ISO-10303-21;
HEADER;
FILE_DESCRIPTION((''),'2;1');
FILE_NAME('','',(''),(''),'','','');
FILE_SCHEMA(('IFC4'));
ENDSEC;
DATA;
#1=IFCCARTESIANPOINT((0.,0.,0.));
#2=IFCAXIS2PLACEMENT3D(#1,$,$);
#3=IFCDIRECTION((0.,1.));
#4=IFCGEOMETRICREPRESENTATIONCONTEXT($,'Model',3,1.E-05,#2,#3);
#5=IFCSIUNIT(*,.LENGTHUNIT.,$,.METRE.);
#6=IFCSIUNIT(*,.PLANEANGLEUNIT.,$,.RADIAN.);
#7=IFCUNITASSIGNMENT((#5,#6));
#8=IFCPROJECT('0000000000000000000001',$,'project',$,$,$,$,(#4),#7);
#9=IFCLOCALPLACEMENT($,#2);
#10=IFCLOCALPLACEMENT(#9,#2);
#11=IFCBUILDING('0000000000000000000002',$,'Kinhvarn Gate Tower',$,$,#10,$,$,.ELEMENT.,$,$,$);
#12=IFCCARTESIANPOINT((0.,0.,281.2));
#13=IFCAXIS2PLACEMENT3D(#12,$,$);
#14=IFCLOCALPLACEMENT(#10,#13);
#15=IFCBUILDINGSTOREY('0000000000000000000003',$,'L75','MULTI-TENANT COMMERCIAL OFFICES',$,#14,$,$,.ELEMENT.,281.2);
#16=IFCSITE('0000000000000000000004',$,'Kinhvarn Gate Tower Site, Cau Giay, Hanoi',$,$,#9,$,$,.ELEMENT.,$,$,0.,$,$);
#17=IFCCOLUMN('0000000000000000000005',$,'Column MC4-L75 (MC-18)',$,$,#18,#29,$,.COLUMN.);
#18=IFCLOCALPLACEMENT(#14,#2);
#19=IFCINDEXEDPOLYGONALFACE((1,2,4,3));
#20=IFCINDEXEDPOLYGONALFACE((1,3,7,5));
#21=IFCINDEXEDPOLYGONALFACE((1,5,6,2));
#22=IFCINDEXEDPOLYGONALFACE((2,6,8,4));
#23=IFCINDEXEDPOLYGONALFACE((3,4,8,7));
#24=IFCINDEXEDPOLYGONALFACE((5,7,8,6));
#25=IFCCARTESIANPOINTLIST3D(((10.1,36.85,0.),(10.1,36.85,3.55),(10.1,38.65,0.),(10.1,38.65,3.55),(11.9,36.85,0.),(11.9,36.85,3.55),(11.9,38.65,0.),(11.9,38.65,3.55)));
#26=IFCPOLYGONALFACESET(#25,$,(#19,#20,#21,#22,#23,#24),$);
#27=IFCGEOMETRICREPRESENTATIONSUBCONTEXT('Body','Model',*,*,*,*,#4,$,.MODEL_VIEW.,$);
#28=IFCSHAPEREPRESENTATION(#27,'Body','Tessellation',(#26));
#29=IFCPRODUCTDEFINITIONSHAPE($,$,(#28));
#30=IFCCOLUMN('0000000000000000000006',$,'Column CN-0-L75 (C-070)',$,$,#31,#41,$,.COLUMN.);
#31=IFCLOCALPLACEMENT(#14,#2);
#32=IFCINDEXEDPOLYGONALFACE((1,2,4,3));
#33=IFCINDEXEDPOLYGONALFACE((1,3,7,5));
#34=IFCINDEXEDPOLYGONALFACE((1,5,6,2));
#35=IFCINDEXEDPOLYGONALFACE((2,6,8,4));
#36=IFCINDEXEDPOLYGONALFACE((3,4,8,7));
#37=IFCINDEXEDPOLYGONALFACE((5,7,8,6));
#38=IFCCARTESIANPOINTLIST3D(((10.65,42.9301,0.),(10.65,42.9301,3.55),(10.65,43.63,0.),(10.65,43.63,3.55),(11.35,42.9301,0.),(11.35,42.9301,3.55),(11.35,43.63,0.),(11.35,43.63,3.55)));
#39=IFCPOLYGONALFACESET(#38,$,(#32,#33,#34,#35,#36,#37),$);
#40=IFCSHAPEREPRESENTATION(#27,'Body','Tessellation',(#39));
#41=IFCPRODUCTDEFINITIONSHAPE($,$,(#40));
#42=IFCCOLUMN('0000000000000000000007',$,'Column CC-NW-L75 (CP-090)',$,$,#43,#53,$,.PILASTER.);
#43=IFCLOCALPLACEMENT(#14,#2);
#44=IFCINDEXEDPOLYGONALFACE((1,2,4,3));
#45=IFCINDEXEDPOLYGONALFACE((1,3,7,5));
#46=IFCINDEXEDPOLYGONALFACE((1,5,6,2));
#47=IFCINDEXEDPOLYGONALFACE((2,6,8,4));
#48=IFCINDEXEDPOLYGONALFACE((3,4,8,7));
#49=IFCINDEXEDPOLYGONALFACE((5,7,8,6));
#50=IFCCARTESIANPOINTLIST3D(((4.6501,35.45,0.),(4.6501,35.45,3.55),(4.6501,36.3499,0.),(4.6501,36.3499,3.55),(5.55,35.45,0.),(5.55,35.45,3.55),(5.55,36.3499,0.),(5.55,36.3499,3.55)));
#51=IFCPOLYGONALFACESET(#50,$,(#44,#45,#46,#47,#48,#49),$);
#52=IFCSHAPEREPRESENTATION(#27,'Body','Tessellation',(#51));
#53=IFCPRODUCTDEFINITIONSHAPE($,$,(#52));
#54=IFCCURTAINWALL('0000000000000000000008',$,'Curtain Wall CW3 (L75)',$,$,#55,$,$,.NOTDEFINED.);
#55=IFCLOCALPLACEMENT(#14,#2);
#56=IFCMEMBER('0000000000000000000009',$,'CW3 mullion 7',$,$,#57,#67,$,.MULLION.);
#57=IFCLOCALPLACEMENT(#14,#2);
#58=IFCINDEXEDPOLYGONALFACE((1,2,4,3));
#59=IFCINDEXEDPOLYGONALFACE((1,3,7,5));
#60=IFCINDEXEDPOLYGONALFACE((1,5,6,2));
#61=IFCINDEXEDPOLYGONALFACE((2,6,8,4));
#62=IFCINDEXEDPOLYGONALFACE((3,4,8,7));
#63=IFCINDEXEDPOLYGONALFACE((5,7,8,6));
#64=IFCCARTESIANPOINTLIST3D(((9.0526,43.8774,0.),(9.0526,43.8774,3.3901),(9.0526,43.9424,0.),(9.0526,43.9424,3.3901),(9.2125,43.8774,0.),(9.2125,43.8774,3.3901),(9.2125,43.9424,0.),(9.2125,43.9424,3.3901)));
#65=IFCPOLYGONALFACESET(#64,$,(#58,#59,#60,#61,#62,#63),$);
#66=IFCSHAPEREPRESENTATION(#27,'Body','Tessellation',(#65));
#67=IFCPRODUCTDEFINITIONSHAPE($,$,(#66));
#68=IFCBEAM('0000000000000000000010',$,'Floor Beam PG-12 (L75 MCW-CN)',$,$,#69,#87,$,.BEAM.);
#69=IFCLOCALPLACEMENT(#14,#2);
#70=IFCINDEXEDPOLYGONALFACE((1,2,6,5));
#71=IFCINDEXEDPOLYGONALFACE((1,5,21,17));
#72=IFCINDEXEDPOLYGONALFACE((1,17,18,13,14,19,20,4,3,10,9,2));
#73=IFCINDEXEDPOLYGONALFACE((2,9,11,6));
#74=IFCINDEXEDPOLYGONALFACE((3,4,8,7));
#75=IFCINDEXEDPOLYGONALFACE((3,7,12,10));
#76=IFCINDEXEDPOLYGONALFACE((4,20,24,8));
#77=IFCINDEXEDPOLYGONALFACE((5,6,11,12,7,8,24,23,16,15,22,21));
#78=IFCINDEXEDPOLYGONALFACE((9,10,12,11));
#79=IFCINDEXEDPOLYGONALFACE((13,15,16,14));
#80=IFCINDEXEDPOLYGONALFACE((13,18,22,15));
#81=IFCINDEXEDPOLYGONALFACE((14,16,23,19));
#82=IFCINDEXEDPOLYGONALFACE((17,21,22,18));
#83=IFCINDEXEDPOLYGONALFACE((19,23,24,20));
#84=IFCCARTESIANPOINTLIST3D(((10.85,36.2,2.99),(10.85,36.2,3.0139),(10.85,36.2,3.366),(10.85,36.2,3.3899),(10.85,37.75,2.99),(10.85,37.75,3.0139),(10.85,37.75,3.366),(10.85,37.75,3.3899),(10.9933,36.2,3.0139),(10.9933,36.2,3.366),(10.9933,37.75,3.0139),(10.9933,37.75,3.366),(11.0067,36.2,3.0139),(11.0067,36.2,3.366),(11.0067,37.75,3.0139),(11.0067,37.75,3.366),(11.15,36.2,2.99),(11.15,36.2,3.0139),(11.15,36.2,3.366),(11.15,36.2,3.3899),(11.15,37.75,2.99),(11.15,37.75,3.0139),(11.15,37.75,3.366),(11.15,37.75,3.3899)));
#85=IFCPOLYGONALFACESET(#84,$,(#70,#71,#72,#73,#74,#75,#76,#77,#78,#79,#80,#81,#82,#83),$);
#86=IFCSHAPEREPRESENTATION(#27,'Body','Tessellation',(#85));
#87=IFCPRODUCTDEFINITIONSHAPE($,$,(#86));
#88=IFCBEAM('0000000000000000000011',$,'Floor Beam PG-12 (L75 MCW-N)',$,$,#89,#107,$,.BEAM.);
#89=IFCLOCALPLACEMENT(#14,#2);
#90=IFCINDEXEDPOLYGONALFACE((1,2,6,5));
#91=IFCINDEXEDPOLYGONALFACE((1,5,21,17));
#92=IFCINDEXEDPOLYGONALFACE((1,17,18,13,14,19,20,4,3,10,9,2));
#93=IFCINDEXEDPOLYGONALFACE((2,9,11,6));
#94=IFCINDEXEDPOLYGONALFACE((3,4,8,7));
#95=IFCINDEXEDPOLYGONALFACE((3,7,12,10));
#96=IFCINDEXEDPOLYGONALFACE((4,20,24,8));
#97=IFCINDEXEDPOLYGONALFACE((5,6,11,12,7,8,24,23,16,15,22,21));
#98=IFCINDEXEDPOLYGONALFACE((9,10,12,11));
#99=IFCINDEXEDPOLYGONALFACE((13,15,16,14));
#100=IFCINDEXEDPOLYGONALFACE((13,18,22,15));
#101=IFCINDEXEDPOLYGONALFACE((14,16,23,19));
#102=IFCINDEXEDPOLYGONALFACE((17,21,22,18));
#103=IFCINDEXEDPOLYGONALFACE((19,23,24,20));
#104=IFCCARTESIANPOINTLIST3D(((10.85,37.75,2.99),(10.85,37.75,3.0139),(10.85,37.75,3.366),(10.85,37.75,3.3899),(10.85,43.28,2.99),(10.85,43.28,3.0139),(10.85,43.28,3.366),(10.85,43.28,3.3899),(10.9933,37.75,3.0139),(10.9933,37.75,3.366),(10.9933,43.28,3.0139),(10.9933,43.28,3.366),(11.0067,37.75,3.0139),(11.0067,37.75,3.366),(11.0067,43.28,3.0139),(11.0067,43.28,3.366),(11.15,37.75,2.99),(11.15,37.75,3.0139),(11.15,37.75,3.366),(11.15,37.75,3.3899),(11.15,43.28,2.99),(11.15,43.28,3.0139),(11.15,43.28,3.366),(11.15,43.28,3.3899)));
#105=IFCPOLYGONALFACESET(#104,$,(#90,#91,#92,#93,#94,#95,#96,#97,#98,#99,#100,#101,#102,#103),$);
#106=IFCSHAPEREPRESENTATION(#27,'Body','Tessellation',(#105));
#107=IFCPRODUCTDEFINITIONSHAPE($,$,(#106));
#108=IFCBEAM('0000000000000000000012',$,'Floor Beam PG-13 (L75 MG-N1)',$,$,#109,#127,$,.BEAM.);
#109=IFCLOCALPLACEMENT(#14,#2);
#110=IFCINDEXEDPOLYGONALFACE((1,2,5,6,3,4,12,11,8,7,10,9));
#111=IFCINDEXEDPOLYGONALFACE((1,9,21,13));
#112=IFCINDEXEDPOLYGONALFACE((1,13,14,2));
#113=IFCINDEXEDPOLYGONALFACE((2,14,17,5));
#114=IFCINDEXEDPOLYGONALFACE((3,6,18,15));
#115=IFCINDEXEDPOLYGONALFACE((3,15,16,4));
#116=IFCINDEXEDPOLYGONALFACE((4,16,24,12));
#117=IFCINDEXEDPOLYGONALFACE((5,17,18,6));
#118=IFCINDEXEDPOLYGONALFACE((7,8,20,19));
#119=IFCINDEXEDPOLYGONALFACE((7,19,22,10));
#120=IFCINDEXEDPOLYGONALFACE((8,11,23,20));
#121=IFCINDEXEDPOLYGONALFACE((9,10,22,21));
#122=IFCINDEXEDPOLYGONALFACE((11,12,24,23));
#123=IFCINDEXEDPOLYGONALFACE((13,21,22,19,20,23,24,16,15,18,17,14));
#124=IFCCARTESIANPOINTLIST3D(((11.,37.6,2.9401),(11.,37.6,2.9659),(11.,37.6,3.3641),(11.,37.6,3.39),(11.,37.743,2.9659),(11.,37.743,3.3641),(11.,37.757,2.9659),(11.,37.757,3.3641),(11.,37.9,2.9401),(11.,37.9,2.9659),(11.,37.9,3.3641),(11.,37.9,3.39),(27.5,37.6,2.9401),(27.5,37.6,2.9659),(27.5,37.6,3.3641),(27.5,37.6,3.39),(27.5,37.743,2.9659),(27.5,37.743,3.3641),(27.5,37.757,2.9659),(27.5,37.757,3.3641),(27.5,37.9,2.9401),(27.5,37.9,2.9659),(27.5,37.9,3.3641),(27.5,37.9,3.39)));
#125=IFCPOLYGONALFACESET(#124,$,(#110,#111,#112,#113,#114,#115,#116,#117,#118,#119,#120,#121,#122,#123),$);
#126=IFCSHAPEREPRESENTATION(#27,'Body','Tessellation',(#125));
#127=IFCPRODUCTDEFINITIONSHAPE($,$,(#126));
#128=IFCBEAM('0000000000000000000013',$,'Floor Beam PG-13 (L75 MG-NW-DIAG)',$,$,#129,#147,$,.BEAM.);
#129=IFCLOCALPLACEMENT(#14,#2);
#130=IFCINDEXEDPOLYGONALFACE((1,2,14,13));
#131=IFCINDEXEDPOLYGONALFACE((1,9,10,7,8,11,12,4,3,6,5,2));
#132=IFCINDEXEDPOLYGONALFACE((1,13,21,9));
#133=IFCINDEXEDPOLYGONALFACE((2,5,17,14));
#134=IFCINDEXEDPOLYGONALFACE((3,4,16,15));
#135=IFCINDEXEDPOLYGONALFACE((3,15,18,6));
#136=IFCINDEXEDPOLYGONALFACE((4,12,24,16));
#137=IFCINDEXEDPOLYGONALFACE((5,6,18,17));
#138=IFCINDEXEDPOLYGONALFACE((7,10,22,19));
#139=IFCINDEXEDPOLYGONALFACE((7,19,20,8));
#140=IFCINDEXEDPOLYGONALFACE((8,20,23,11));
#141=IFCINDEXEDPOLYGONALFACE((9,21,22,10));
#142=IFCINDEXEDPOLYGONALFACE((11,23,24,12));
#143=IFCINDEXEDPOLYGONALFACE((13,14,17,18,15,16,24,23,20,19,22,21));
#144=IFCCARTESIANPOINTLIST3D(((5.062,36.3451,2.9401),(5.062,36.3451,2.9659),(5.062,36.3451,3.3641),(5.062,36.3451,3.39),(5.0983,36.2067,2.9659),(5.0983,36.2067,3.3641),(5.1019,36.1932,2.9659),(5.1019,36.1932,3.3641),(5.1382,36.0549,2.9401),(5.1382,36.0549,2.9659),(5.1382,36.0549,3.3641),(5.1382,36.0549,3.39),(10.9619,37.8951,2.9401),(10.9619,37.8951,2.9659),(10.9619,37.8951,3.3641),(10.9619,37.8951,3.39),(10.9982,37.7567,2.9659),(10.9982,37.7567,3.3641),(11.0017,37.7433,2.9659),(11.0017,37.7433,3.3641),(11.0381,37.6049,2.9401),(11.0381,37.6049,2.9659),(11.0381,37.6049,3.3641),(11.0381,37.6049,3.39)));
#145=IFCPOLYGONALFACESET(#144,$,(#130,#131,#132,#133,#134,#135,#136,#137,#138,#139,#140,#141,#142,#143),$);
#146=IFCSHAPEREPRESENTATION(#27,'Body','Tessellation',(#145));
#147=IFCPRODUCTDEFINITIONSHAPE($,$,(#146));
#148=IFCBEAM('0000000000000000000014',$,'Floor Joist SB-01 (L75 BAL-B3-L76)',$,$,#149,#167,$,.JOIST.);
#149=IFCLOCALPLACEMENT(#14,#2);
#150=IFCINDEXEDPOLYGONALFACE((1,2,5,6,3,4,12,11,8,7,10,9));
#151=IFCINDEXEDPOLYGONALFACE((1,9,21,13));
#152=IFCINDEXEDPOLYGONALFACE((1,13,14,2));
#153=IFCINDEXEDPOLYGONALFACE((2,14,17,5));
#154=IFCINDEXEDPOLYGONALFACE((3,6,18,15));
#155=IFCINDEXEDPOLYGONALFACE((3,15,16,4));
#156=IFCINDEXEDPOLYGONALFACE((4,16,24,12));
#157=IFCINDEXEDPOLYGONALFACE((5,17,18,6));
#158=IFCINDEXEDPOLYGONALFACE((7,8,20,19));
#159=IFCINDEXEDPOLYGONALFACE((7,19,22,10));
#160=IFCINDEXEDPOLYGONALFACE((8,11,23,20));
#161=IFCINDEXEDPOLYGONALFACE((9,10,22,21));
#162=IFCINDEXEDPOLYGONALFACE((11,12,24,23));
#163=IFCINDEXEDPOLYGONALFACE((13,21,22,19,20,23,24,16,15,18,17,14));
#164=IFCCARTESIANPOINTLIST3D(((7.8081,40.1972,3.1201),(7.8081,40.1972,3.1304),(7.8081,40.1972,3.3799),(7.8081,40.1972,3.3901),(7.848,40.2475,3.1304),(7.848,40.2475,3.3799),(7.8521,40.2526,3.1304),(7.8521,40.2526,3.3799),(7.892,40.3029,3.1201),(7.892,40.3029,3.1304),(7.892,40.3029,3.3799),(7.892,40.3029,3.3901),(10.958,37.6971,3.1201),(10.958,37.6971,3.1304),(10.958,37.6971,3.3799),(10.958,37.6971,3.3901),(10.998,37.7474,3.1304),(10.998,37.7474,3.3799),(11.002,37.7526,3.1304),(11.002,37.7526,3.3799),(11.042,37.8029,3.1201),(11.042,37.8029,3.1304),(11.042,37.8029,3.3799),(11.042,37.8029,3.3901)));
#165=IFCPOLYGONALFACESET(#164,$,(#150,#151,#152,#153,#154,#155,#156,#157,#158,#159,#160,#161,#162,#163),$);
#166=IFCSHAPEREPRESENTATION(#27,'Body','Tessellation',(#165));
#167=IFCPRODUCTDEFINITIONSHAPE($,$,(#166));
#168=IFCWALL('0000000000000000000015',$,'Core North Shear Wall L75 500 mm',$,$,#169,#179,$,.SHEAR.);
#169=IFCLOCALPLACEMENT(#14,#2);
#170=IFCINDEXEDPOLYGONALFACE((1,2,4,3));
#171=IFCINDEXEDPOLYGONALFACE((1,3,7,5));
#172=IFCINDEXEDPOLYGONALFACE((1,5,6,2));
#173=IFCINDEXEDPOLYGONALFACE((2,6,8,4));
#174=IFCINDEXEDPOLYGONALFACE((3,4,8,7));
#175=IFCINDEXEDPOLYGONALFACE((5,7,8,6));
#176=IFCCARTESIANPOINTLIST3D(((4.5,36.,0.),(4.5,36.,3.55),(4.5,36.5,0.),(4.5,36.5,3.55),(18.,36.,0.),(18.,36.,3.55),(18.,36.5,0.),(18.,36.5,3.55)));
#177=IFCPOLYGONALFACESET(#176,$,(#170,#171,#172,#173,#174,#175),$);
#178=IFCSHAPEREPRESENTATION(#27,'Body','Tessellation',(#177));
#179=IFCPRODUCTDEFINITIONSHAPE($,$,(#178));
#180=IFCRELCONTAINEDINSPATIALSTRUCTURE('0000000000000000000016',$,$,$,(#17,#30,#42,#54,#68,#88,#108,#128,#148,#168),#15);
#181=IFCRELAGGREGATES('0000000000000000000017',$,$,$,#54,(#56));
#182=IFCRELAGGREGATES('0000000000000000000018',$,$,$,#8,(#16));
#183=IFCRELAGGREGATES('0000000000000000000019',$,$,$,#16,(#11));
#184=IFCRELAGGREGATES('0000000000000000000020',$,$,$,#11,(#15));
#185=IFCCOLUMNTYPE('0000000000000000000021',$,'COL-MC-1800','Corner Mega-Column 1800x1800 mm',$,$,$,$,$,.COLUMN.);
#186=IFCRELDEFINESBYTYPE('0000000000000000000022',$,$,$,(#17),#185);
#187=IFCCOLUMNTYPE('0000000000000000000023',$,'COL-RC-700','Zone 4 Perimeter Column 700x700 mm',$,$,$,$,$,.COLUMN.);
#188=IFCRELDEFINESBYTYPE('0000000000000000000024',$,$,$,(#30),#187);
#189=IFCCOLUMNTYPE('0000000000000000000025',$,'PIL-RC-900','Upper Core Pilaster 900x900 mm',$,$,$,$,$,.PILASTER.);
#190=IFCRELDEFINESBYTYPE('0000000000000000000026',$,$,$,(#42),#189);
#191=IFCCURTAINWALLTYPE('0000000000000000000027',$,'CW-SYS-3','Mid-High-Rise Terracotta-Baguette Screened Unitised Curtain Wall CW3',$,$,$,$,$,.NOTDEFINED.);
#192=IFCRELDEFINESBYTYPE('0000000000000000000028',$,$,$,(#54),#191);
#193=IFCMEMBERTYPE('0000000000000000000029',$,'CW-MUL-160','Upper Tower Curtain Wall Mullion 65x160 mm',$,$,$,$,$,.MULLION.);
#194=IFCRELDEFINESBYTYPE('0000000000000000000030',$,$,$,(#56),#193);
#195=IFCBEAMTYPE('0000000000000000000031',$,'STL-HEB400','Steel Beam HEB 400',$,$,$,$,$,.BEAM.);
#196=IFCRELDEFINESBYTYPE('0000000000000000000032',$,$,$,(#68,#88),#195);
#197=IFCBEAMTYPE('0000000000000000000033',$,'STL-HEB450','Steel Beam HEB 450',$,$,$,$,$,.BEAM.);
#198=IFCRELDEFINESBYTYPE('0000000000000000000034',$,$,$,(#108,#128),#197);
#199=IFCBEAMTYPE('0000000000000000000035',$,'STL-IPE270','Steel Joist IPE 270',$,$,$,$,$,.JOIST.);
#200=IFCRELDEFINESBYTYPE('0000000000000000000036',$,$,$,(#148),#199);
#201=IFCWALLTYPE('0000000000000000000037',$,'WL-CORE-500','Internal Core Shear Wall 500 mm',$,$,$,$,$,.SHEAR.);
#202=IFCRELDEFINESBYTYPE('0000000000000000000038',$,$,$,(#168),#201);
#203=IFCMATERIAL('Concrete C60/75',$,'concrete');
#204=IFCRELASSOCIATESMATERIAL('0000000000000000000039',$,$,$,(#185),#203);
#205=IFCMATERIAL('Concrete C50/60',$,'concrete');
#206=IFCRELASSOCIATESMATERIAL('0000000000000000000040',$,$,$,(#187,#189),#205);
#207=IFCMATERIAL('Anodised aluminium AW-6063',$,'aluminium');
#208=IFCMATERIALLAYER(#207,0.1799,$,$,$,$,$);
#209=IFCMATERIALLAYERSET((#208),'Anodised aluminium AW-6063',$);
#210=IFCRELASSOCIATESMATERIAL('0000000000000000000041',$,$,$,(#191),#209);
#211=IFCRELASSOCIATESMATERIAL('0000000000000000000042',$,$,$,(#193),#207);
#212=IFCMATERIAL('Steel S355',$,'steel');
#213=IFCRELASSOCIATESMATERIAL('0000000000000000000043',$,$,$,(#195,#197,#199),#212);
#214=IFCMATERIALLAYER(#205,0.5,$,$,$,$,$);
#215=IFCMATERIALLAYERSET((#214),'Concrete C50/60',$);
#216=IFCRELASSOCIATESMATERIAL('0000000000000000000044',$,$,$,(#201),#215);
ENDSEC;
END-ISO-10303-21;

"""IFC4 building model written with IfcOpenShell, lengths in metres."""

from ifc_helpers import new_model, si_unit, direction, frame, frame_2d, origin, origin_2d, place, context, subcontext, project, spatial, rectangle, i_section, extrude, material, layer, layer_set, material_profile, profile_set, type_object, element, aggregate, save


model = new_model("IFC4")

# Units and contexts
model_context = context("Model", 3, precision=1e-05, world=origin(), true_north=direction((0.0, 1.0)))
body_context = subcontext(model_context, "Body", "Model", "MODEL_VIEW")
ifc_project = project(units=[si_unit("LENGTHUNIT", "METRE"), si_unit("PLANEANGLEUNIT", "RADIAN")], contexts=[model_context])

# Site, building, storey
site_placement = place(None, origin())
site = spatial("IfcSite", under=ifc_project, at=site_placement, Name="Kinhvarn Gate Tower Site, Cau Giay, Hanoi", CompositionType="ELEMENT", RefElevation=0.0)
building_placement = place(site_placement, origin())
building = spatial("IfcBuilding", under=site, at=building_placement, Name="Kinhvarn Gate Tower", CompositionType="ELEMENT")
storey_placement = place(building_placement, frame((0.0, 0.0, 281.2)))
storey = spatial("IfcBuildingStorey", under=building, at=storey_placement, Name="L75", Description="MULTI-TENANT COMMERCIAL OFFICES", CompositionType="ELEMENT", Elevation=281.2)

# Columns
ifc_material_1 = material(Name="Concrete C60/75", Category="concrete")
ifc_material_profile_1 = material_profile(ifc_material_1, rectangle(XDim=1.8, YDim=1.8, at=origin_2d()), Name="RC 1800x1800")
ifc_profile_set_1 = profile_set([ifc_material_profile_1], Name="Concrete C60/75")
column_type_1 = type_object("IfcColumnType", Name="COL-MC-1800", Description="Corner Mega-Column 1800x1800 mm", PredefinedType="COLUMN", material=ifc_profile_set_1)
column_1_placement = place(storey_placement, frame((11.0, 37.75, 0.0), z_axis=(0.0, 0.0, 1.0), x_axis=(1.0, 0.0, 0.0)))
element("IfcColumn", 1, at=column_1_placement, inside=storey, type_object=column_type_1, Name="Column MC4-L75 (MC-18)", PredefinedType="COLUMN", context=body_context, shape_type="SweptSolid", body=[
    extrude(rectangle(XDim=1.8, YDim=1.8, at=origin_2d()), origin(), (0.0, 0.0, 1.0), 3.55),
])
ifc_material_2 = material(Name="Concrete C50/60", Category="concrete")
ifc_material_profile_2 = material_profile(ifc_material_2, rectangle(XDim=0.7, YDim=0.7, at=origin_2d()), Name="RC 700x700")
ifc_profile_set_2 = profile_set([ifc_material_profile_2], Name="Concrete C50/60")
column_type_2 = type_object("IfcColumnType", Name="COL-RC-700", Description="Zone 4 Perimeter Column 700x700 mm", PredefinedType="COLUMN", material=ifc_profile_set_2)
column_2_placement = place(storey_placement, frame((11.0, 43.28, 0.0), z_axis=(0.0, 0.0, 1.0), x_axis=(1.0, 0.0, 0.0)))
element("IfcColumn", 2, at=column_2_placement, inside=storey, type_object=column_type_2, Name="Column CN-0-L75 (C-070)", PredefinedType="COLUMN", context=body_context, shape_type="SweptSolid", body=[
    extrude(rectangle(XDim=0.7, YDim=0.7, at=origin_2d()), origin(), (0.0, 0.0, 1.0), 3.55),
])
ifc_material_profile_3 = material_profile(ifc_material_2, rectangle(XDim=0.8999, YDim=0.8999, at=origin_2d()), Name="RC 900x900")
ifc_profile_set_3 = profile_set([ifc_material_profile_3], Name="Concrete C50/60")
column_type_3 = type_object("IfcColumnType", Name="PIL-RC-900", Description="Upper Core Pilaster 900x900 mm", PredefinedType="PILASTER", material=ifc_profile_set_3)
column_3_placement = place(storey_placement, frame((5.1001, 35.8999, 0.0), z_axis=(0.0, 0.0, 1.0), x_axis=(1.0, 0.0, 0.0)))
element("IfcColumn", 3, at=column_3_placement, inside=storey, type_object=column_type_3, Name="Column CC-NW-L75 (CP-090)", PredefinedType="PILASTER", context=body_context, shape_type="SweptSolid", body=[
    extrude(rectangle(XDim=0.8999, YDim=0.8999, at=origin_2d()), origin(), (0.0, 0.0, 1.0), 3.55),
])

# Curtain wall, member
ifc_material_3 = material(Name="Anodised aluminium AW-6063", Category="aluminium")
ifc_layer_1 = layer(ifc_material_3, 0.1799)
ifc_layer_set_1 = layer_set([ifc_layer_1], Name="Anodised aluminium AW-6063")
curtain_wall_type = type_object("IfcCurtainWallType", Name="CW-SYS-3", Description="Mid-High-Rise Terracotta-Baguette Screened Unitised Curtain Wall CW3", PredefinedType="NOTDEFINED", material=ifc_layer_set_1)
curtain_wall_placement = place(storey_placement, origin())
curtain_wall = element("IfcCurtainWall", 4, at=curtain_wall_placement, inside=storey, type_object=curtain_wall_type, Name="Curtain Wall CW3 (L75)", PredefinedType="NOTDEFINED")
ifc_material_profile_4 = material_profile(ifc_material_3, rectangle(XDim=0.0649, YDim=0.1599, at=origin_2d()), Name="ALU 65x160")
ifc_profile_set_4 = profile_set([ifc_material_profile_4], Name="Anodised aluminium AW-6063")
member_type = type_object("IfcMemberType", Name="CW-MUL-160", Description="Upper Tower Curtain Wall Mullion 65x160 mm", PredefinedType="MULLION", material=ifc_profile_set_4)
member_placement = place(storey_placement, frame((9.1326, 43.9099, 0.0), z_axis=(0.0, 0.0, 1.0), x_axis=(0.0, -1.0, 0.0)))
member = element("IfcMember", 5, at=member_placement, type_object=member_type, Name="CW3 mullion 7", PredefinedType="MULLION", context=body_context, shape_type="SweptSolid", body=[
    extrude(rectangle(XDim=0.0649, YDim=0.1599, at=origin_2d()), origin(), (0.0, 0.0, 1.0), 3.3901),
])
aggregate(curtain_wall, [member])

# Beams
ifc_material_4 = material(Name="Steel S355", Category="steel")
ifc_material_profile_5 = material_profile(ifc_material_4, i_section(OverallWidth=0.3, OverallDepth=0.3999, WebThickness=0.0134, FlangeThickness=0.0239, at=origin_2d()), Name="HEB 400")
ifc_profile_set_5 = profile_set([ifc_material_profile_5], Name="Steel S355")
beam_type_1 = type_object("IfcBeamType", Name="STL-HEB400", Description="Steel Beam HEB 400", PredefinedType="BEAM", material=ifc_profile_set_5)
beam_1_placement = place(storey_placement, frame((11.0, 36.2, 3.1899), z_axis=(0.0, 1.0, 0.0), x_axis=(-1.0, 0.0, 0.0)))
element("IfcBeam", 6, at=beam_1_placement, inside=storey, type_object=beam_type_1, Name="Floor Beam PG-12 (L75 MCW-CN)", PredefinedType="BEAM", context=body_context, shape_type="SweptSolid", body=[
    extrude(i_section(OverallWidth=0.3, OverallDepth=0.3999, WebThickness=0.0134, FlangeThickness=0.0239, at=origin_2d()), origin(), (0.0, 0.0, 1.0), 1.55),
])
beam_2_placement = place(storey_placement, frame((11.0, 37.75, 3.1899), z_axis=(0.0, 1.0, 0.0), x_axis=(-1.0, 0.0, 0.0)))
element("IfcBeam", 7, at=beam_2_placement, inside=storey, type_object=beam_type_1, Name="Floor Beam PG-12 (L75 MCW-N)", PredefinedType="BEAM", context=body_context, shape_type="SweptSolid", body=[
    extrude(i_section(OverallWidth=0.3, OverallDepth=0.3999, WebThickness=0.0134, FlangeThickness=0.0239, at=origin_2d()), origin(), (0.0, 0.0, 1.0), 5.53),
])
ifc_material_profile_6 = material_profile(ifc_material_4, i_section(OverallWidth=0.3, OverallDepth=0.45, WebThickness=0.0139, FlangeThickness=0.0259, at=origin_2d()), Name="HEB 450")
ifc_profile_set_6 = profile_set([ifc_material_profile_6], Name="Steel S355")
beam_type_2 = type_object("IfcBeamType", Name="STL-HEB450", Description="Steel Beam HEB 450", PredefinedType="BEAM", material=ifc_profile_set_6)
beam_3_placement = place(storey_placement, frame((11.0, 37.75, 3.165), z_axis=(1.0, 0.0, 0.0), x_axis=(0.0, 1.0, 0.0)))
element("IfcBeam", 8, at=beam_3_placement, inside=storey, type_object=beam_type_2, Name="Floor Beam PG-13 (L75 MG-N1)", PredefinedType="BEAM", context=body_context, shape_type="SweptSolid", body=[
    extrude(i_section(OverallWidth=0.3, OverallDepth=0.45, WebThickness=0.0139, FlangeThickness=0.0259, at=origin_2d()), origin(), (0.0, 0.0, 1.0), 16.5),
])
beam_4_placement = place(storey_placement, frame((5.1001, 36.2, 3.165), z_axis=(0.967178, 0.254101, 0.0), x_axis=(-0.254101, 0.967178, 0.0)))
element("IfcBeam", 9, at=beam_4_placement, inside=storey, type_object=beam_type_2, Name="Floor Beam PG-13 (L75 MG-NW-DIAG)", PredefinedType="BEAM", context=body_context, shape_type="SweptSolid", body=[
    extrude(i_section(OverallWidth=0.3, OverallDepth=0.45, WebThickness=0.0139, FlangeThickness=0.0259, at=origin_2d()), origin(), (0.0, 0.0, 1.0), 6.1001),
])
ifc_material_profile_7 = material_profile(ifc_material_4, i_section(OverallWidth=0.135, OverallDepth=0.27, WebThickness=0.0066, FlangeThickness=0.0103, at=origin_2d()), Name="IPE 270")
ifc_profile_set_7 = profile_set([ifc_material_profile_7], Name="Steel S355")
beam_type_3 = type_object("IfcBeamType", Name="STL-IPE270", Description="Steel Joist IPE 270", PredefinedType="JOIST", material=ifc_profile_set_7)
beam_5_placement = place(storey_placement, frame((11.0, 37.75, 3.2551), z_axis=(-0.78328, 0.62167, 0.0), x_axis=(-0.62167, -0.78328, 0.0)))
element("IfcBeam", 10, at=beam_5_placement, inside=storey, type_object=beam_type_3, Name="Floor Joist SB-01 (L75 BAL-B3-L76)", PredefinedType="JOIST", context=body_context, shape_type="SweptSolid", body=[
    extrude(i_section(OverallWidth=0.135, OverallDepth=0.27, WebThickness=0.0066, FlangeThickness=0.0103, at=origin_2d()), origin(), (0.0, 0.0, 1.0), 4.0215),
])

# Wall
ifc_layer_2 = layer(ifc_material_2, 0.5)
ifc_layer_set_2 = layer_set([ifc_layer_2], Name="Concrete C50/60")
wall_type_1 = type_object("IfcWallType", Name="WL-CORE-500", Description="Internal Core Shear Wall 500 mm", PredefinedType="SHEAR", material=ifc_layer_set_2)
wall_1_placement = place(storey_placement, frame((4.5, 36.25, 0.0), z_axis=(0.0, 0.0, 1.0), x_axis=(1.0, 0.0, 0.0)))
element("IfcWall", 11, at=wall_1_placement, inside=storey, type_object=wall_type_1, Name="Core North Shear Wall L75 500 mm", PredefinedType="SHEAR", context=body_context, shape_type="SweptSolid", body=[
    extrude(rectangle(XDim=13.5, YDim=0.5, at=frame_2d((6.75, 0.0))), origin(), (0.0, 0.0, 1.0), 3.55),
])

save(model, "model.ifc")
